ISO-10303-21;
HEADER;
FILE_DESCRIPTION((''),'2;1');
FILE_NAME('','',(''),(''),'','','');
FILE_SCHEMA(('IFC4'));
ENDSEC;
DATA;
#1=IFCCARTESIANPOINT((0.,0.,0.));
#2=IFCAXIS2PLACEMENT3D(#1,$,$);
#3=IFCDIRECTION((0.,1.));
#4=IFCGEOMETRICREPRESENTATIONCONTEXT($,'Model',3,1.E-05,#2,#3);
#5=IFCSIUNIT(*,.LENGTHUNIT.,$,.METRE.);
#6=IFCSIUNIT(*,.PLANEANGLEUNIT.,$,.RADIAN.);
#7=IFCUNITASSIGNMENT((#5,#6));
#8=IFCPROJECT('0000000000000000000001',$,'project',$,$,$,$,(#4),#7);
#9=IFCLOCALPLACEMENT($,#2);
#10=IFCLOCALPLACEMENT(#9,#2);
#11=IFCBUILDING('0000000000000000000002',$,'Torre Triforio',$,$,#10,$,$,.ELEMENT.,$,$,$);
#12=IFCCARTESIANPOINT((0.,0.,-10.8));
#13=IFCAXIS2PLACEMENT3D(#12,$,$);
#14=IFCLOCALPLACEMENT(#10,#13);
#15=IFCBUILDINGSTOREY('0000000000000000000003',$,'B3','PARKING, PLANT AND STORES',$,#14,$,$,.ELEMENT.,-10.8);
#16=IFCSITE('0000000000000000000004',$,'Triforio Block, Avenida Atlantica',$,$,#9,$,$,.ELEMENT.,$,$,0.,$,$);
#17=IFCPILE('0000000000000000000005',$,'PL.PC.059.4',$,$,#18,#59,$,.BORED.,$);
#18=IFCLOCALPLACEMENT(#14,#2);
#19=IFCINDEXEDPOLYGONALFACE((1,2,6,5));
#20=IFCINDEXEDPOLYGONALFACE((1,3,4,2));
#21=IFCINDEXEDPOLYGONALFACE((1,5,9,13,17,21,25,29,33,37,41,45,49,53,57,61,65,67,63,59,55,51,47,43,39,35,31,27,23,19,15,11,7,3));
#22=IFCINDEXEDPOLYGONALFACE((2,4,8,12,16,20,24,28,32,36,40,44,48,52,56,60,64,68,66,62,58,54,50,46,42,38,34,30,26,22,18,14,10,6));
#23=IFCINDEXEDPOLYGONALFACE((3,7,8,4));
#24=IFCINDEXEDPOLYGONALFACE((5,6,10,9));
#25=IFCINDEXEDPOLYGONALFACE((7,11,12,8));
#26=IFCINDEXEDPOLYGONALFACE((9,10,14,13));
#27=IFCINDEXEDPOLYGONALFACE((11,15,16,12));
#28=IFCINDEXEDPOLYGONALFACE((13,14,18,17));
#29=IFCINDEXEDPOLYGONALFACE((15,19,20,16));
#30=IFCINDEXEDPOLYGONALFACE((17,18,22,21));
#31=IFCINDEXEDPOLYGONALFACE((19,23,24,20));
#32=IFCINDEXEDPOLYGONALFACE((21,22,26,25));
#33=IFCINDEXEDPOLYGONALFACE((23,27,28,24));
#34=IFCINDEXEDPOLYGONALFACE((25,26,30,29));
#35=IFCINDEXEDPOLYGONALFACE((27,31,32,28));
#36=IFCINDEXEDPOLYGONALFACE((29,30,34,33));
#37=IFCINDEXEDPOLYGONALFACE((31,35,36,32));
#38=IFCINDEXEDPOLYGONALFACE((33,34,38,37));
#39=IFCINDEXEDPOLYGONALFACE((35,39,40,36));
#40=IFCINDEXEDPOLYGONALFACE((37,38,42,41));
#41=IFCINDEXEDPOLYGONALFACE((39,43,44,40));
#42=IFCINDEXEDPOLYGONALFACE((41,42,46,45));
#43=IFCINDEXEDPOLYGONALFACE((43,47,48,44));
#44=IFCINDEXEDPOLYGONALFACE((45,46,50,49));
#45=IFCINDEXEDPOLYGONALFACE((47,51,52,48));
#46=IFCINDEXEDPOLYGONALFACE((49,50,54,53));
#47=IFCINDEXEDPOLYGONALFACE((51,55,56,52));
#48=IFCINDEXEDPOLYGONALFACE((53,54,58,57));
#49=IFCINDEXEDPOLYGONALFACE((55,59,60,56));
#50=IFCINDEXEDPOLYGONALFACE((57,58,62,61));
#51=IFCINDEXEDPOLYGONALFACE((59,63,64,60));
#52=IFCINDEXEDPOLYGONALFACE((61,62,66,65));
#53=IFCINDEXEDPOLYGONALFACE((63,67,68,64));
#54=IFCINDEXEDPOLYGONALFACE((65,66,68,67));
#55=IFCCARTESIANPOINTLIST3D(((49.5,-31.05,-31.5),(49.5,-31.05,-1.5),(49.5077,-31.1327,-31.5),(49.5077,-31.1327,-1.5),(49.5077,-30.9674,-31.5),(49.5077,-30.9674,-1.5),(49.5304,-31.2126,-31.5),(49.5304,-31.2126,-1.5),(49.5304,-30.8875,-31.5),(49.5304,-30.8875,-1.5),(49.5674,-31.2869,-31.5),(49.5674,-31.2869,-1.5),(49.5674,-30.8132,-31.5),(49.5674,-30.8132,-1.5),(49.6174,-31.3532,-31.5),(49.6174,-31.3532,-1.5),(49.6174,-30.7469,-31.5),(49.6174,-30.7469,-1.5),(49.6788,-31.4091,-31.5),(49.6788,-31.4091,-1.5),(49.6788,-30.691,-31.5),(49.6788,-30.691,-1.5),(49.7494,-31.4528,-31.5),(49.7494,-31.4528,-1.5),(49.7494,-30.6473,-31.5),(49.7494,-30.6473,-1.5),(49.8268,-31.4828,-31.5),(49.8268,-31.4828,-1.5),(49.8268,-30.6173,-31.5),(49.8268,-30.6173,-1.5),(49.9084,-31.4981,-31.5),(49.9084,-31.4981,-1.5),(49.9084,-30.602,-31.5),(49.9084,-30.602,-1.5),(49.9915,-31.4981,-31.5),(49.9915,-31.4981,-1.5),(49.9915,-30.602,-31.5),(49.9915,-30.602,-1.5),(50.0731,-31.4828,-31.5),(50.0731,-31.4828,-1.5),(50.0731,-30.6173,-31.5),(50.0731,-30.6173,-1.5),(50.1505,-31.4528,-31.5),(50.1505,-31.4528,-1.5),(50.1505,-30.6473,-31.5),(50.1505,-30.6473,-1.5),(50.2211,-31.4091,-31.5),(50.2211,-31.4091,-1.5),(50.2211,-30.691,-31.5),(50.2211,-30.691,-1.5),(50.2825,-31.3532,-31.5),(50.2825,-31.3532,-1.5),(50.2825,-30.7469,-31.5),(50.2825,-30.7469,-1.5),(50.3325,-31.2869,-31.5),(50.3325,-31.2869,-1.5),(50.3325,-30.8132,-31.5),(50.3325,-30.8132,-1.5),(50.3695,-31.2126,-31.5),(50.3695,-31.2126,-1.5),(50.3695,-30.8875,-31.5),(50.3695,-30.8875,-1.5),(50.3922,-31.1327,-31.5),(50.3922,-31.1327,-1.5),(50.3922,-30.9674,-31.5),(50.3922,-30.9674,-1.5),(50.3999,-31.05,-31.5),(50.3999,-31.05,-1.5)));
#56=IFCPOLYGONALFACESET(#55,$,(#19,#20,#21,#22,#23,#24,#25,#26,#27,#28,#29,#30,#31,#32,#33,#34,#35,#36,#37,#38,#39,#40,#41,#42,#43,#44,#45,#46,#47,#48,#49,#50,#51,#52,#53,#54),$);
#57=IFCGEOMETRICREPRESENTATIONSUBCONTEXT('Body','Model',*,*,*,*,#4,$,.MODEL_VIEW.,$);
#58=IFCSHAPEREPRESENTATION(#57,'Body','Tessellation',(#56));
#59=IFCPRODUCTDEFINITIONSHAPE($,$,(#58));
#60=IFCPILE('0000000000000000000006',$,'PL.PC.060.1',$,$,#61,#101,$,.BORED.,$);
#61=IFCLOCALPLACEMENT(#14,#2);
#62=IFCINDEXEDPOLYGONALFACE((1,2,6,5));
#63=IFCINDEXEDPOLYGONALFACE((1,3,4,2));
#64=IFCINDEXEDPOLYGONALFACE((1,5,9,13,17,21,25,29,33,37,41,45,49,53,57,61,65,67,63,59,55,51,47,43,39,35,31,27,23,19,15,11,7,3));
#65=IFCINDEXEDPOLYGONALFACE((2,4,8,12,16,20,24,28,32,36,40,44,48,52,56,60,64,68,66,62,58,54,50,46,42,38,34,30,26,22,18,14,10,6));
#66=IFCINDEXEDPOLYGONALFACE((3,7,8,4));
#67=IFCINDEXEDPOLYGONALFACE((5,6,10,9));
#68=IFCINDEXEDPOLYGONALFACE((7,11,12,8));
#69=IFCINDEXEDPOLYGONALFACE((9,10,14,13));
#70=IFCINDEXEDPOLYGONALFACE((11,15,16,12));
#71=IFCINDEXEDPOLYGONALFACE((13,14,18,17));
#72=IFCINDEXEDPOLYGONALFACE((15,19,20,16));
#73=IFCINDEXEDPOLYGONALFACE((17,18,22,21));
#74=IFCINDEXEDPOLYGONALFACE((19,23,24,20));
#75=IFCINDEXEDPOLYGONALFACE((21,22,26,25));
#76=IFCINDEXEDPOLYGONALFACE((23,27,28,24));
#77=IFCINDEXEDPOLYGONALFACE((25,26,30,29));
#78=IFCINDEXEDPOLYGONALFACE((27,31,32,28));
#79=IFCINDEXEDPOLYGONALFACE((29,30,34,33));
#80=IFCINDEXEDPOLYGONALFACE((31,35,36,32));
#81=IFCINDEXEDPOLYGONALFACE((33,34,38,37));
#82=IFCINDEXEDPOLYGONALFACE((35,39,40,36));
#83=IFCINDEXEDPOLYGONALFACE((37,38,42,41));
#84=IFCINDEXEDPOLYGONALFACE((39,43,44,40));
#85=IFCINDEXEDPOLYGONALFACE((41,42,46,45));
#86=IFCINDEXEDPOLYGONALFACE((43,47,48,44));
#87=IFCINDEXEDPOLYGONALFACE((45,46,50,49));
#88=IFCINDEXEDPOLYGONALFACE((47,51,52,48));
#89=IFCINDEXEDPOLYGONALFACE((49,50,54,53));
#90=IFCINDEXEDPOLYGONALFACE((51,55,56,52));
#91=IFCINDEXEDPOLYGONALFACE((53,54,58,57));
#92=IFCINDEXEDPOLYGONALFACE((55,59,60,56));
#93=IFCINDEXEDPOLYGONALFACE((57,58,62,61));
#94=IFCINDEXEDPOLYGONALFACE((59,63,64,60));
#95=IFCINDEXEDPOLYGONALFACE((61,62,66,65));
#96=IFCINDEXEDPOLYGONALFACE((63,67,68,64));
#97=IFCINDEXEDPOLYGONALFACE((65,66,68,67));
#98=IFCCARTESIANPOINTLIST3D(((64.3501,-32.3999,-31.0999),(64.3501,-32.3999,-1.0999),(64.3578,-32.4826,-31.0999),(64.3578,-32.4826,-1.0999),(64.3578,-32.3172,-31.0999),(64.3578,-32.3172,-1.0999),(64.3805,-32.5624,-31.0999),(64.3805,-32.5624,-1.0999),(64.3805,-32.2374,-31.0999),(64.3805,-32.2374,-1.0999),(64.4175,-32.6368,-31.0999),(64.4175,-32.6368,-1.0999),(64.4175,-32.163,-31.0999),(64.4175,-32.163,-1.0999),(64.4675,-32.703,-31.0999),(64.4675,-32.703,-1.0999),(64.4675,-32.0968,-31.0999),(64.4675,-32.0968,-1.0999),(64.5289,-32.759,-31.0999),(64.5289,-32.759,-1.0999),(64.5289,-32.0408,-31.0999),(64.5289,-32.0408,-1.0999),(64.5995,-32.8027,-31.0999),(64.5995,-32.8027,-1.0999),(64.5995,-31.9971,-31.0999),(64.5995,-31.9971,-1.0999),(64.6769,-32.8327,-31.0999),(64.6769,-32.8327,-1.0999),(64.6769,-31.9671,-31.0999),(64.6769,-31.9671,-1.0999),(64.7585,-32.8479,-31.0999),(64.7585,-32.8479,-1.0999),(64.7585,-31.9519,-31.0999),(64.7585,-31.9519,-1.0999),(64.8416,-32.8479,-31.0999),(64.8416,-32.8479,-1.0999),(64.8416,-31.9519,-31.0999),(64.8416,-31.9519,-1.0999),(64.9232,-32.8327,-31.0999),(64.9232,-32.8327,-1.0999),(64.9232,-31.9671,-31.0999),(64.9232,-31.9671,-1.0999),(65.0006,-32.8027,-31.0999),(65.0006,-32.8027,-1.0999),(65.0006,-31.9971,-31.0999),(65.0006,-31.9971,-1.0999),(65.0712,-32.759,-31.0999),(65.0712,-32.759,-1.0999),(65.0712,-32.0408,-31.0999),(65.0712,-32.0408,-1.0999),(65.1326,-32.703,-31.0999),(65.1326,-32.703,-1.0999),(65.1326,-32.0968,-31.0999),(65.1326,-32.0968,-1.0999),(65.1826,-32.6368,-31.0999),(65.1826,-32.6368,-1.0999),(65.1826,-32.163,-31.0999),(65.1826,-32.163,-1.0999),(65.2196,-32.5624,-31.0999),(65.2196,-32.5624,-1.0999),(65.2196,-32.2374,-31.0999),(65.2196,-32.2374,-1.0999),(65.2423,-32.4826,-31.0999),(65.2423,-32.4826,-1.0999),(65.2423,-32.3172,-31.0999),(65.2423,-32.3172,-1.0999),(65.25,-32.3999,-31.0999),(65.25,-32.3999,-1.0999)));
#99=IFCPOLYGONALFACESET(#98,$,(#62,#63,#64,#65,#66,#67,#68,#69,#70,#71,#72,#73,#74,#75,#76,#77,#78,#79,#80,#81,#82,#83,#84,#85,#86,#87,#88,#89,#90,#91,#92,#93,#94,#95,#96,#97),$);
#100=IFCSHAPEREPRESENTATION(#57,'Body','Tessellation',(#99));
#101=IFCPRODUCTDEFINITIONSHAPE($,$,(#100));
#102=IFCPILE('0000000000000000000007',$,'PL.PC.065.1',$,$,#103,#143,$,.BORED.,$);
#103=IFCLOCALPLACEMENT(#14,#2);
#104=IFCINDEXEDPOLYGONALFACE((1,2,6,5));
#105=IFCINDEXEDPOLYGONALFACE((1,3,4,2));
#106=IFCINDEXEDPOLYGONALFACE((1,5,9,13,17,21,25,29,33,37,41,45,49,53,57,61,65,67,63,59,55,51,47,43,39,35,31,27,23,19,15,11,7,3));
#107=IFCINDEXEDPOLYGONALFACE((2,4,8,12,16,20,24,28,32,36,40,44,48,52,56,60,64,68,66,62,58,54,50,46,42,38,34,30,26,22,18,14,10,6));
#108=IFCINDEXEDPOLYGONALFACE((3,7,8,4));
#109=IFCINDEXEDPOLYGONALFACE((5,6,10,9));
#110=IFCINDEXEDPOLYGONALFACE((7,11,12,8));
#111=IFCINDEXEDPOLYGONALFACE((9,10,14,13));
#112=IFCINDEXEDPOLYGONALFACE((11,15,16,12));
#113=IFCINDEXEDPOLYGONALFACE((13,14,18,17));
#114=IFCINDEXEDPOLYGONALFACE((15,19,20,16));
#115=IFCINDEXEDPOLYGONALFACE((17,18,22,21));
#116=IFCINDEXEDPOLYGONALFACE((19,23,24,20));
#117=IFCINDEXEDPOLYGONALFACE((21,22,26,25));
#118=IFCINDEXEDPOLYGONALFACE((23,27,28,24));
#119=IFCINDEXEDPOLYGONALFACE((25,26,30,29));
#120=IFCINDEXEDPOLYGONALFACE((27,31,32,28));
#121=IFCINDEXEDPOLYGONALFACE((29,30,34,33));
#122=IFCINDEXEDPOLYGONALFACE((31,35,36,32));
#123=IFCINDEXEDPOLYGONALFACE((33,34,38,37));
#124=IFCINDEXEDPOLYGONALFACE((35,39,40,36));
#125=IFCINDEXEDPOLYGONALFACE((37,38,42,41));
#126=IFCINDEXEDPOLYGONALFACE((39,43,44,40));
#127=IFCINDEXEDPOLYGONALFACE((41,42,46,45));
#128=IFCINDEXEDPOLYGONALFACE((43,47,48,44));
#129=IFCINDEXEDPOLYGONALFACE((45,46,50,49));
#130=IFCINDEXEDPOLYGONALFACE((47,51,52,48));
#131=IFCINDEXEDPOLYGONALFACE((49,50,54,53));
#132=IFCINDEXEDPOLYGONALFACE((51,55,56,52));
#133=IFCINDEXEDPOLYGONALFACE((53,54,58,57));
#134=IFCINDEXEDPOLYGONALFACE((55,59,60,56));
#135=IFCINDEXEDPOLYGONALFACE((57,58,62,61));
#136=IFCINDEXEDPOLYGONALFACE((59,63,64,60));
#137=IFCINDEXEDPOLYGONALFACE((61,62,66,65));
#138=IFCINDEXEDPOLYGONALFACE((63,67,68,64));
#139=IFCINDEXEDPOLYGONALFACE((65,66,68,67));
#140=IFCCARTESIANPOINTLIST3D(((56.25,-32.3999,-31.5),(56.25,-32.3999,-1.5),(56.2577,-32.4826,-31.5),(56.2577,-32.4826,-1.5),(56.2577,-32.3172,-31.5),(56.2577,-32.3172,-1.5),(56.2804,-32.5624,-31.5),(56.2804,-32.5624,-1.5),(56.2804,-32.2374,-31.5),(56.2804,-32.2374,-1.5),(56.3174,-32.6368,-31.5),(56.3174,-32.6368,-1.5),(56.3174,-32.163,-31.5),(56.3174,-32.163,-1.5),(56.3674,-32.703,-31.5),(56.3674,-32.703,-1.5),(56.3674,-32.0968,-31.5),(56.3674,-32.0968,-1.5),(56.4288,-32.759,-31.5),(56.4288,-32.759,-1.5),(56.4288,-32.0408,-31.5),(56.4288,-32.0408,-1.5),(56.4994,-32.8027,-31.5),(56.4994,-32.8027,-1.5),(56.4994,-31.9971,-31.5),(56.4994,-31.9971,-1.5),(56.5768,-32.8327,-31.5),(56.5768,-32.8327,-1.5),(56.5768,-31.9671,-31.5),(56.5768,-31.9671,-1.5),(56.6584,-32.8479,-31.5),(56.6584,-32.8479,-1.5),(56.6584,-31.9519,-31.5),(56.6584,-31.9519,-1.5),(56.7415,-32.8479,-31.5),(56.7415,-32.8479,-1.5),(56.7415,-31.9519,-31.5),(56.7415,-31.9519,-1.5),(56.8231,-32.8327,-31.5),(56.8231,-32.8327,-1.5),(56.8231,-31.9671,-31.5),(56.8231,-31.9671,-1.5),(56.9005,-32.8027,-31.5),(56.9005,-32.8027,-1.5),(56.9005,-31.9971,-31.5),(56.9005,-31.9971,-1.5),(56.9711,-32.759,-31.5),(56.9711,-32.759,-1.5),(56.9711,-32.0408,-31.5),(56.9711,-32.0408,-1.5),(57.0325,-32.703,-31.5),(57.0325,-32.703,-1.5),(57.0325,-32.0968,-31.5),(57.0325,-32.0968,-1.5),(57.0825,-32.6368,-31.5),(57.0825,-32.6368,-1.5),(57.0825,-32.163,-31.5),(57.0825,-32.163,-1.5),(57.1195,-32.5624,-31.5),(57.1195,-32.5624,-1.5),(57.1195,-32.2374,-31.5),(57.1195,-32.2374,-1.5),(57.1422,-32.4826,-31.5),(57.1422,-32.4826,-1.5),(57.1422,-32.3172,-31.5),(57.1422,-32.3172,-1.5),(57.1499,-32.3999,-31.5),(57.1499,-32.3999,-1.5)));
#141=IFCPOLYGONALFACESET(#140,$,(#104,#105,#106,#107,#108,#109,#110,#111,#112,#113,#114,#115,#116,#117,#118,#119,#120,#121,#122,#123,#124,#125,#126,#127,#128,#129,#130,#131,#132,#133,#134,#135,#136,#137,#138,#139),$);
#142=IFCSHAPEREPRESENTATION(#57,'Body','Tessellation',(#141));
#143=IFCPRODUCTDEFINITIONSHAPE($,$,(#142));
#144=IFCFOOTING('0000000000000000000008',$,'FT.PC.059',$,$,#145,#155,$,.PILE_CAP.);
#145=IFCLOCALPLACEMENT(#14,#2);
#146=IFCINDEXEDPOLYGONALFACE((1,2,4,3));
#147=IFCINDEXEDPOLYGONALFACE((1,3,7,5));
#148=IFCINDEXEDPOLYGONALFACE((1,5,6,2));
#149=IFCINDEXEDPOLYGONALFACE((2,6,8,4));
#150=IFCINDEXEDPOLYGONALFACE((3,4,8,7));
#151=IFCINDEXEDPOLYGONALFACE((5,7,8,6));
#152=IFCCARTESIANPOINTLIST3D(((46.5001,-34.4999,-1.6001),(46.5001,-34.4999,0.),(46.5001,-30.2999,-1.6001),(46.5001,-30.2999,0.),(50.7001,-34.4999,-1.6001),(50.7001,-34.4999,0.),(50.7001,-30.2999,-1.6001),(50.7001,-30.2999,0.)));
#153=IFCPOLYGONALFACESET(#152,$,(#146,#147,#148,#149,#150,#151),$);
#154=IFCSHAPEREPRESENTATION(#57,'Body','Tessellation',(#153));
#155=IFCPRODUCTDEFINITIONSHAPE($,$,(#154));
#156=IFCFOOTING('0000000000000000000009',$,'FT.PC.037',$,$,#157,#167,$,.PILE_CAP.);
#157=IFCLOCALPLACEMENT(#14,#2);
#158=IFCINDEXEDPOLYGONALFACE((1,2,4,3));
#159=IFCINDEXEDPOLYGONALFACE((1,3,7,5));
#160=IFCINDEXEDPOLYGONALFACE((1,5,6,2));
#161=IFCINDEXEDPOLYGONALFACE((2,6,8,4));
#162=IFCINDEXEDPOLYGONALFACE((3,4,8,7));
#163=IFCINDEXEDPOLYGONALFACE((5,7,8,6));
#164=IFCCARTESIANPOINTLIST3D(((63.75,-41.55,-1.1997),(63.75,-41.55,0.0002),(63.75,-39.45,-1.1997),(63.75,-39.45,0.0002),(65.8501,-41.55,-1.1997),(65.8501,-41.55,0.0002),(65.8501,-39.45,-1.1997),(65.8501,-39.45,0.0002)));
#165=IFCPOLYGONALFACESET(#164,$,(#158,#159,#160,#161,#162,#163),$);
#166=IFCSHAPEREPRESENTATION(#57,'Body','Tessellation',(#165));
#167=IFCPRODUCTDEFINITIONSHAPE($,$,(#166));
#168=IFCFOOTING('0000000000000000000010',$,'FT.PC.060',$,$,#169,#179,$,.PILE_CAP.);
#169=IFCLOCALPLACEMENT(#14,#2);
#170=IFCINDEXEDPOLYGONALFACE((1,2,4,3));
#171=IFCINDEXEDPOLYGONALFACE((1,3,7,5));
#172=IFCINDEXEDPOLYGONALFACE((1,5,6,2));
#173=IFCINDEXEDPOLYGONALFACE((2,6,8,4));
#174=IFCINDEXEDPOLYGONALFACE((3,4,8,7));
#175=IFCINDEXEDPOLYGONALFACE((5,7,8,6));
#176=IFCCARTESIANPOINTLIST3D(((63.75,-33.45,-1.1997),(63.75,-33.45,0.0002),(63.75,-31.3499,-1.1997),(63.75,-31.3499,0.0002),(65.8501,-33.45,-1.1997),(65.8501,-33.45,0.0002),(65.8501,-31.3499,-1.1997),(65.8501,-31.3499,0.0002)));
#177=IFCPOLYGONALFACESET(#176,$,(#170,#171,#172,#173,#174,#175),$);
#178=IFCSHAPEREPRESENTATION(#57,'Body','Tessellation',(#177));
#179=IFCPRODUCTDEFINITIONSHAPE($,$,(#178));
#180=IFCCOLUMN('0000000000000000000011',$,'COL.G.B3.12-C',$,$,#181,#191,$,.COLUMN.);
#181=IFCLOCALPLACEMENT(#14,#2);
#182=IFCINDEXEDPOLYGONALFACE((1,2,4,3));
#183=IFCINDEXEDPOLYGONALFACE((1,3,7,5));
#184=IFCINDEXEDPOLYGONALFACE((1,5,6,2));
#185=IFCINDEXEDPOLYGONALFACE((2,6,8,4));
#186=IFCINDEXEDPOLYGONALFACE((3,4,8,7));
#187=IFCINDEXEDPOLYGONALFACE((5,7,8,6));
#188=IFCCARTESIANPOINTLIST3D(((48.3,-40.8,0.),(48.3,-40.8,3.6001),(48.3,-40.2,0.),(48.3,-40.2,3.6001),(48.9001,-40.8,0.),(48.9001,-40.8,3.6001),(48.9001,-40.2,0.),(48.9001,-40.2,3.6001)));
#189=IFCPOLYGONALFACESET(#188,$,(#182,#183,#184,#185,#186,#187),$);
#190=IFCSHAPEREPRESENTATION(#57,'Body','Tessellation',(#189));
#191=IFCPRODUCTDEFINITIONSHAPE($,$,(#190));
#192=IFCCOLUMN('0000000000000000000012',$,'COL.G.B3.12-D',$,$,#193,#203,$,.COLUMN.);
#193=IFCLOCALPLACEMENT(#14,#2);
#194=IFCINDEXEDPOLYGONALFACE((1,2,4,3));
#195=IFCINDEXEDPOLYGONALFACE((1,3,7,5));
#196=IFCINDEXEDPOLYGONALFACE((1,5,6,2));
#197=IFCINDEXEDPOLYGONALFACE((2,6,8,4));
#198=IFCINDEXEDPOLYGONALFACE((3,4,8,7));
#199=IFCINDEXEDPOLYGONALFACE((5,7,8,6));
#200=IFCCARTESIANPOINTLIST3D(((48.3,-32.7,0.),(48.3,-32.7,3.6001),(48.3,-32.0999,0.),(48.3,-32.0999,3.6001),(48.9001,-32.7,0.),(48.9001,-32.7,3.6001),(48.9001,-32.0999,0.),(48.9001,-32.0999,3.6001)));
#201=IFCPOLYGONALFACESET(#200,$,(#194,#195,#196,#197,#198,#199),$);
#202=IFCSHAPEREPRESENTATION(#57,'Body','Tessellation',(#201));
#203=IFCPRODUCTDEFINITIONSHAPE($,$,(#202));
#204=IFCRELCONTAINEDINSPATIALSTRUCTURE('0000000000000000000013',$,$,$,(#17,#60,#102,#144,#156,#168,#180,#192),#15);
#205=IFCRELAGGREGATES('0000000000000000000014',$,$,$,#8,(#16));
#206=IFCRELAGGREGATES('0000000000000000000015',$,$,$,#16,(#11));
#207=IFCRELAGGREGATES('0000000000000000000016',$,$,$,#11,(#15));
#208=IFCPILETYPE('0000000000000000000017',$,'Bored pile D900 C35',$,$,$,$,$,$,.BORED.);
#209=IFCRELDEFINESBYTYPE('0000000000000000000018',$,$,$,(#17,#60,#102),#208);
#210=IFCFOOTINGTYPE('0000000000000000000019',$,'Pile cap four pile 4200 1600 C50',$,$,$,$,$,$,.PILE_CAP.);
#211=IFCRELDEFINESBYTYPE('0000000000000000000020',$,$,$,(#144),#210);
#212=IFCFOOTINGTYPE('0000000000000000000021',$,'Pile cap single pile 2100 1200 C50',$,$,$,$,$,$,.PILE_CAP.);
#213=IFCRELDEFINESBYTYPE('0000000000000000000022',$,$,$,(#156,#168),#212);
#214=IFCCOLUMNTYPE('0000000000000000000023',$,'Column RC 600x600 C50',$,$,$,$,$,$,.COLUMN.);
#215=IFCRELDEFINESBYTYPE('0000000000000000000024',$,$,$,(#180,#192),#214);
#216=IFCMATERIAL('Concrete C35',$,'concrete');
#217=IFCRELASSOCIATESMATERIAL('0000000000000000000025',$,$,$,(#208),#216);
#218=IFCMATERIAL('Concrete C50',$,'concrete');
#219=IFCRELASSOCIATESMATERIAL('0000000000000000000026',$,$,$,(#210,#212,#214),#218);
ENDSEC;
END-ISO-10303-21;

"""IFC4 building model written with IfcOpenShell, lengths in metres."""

from ifc_helpers import new_model, si_unit, direction, frame, origin, origin_2d, place, context, subcontext, project, spatial, rectangle, circle, extrude, material, material_profile, profile_set, type_object, element, save


model = new_model("IFC4")

# Units and contexts
model_context = context("Model", 3, precision=1e-05, world=origin(), true_north=direction((0.0, 1.0)))
body_context = subcontext(model_context, "Body", "Model", "MODEL_VIEW")
ifc_project = project(units=[si_unit("LENGTHUNIT", "METRE"), si_unit("PLANEANGLEUNIT", "RADIAN")], contexts=[model_context])

# Site, building, storey
site_placement = place(None, origin())
site = spatial("IfcSite", under=ifc_project, at=site_placement, Name="Triforio Block, Avenida Atlantica", CompositionType="ELEMENT", RefElevation=0.0)
building_placement = place(site_placement, origin())
building = spatial("IfcBuilding", under=site, at=building_placement, Name="Torre Triforio", CompositionType="ELEMENT")
storey_placement = place(building_placement, frame((0.0, 0.0, -10.8)))
storey = spatial("IfcBuildingStorey", under=building, at=storey_placement, Name="B3", Description="PARKING, PLANT AND STORES", CompositionType="ELEMENT", Elevation=-10.8)

# Piles
ifc_material_1 = material(Name="Concrete C35", Category="concrete")
ifc_material_profile_1 = material_profile(ifc_material_1, circle(Radius=0.45, at=origin_2d()), Name="RC D900")
ifc_profile_set_1 = profile_set([ifc_material_profile_1], Name="Concrete C35")
pile_type = type_object("IfcPileType", Name="Bored pile D900 C35", PredefinedType="BORED", material=ifc_profile_set_1)
for number, where, z_axis, x_axis, name in (
    (1, (49.95, -31.05, -1.5), (0.0, 0.0, -1.0), (1.0, 0.0, 0.0), "PL.PC.059.4"),
    (2, (64.8, -32.3999, -1.0999), (0.0, 0.0, -1.0), (1.0, 0.0, 0.0), "PL.PC.060.1"),
    (3, (56.7, -32.3999, -1.5), (0.0, 0.0, -1.0), (1.0, 0.0, 0.0), "PL.PC.065.1"),
):
    element("IfcPile", number, at=place(storey_placement, frame(where, z_axis=z_axis, x_axis=x_axis)), inside=storey, type_object=pile_type, Name=name, PredefinedType="BORED", context=body_context, shape_type="SweptSolid", body=[
        extrude(circle(Radius=0.45, at=origin_2d()), origin(), (0.0, 0.0, 1.0), 30.0),
    ])

# Footings
ifc_material_2 = material(Name="Concrete C50", Category="concrete")
footing_type_1 = type_object("IfcFootingType", Name="Pile cap four pile 4200 1600 C50", PredefinedType="PILE_CAP", material=ifc_material_2)
footing_placement = place(storey_placement, frame((48.6001, -32.3999, -1.6001), z_axis=(0.0, 0.0, 1.0), x_axis=(1.0, 0.0, 0.0)))
element("IfcFooting", 4, at=footing_placement, inside=storey, type_object=footing_type_1, Name="FT.PC.059", PredefinedType="PILE_CAP", context=body_context, shape_type="SweptSolid", body=[
    extrude(rectangle(XDim=4.2, YDim=4.2, at=origin_2d()), origin(), (0.0, 0.0, 1.0), 1.6001),
])
footing_type_2 = type_object("IfcFootingType", Name="Pile cap single pile 2100 1200 C50", PredefinedType="PILE_CAP", material=ifc_material_2)
for number, where, z_axis, x_axis, name in (
    (5, (64.8, -40.5, -1.1997), (0.0, 0.0, 1.0), (1.0, 0.0, 0.0), "FT.PC.037"),
    (6, (64.8, -32.3999, -1.1997), (0.0, 0.0, 1.0), (1.0, 0.0, 0.0), "FT.PC.060"),
):
    element("IfcFooting", number, at=place(storey_placement, frame(where, z_axis=z_axis, x_axis=x_axis)), inside=storey, type_object=footing_type_2, Name=name, PredefinedType="PILE_CAP", context=body_context, shape_type="SweptSolid", body=[
        extrude(rectangle(XDim=2.1001, YDim=2.1001, at=origin_2d()), origin(), (0.0, 0.0, 1.0), 1.2),
    ])

# Columns
ifc_material_profile_2 = material_profile(ifc_material_2, rectangle(XDim=0.6001, YDim=0.6001, at=origin_2d()), Name="RC 600x600")
ifc_profile_set_2 = profile_set([ifc_material_profile_2], Name="Concrete C50")
column_type = type_object("IfcColumnType", Name="Column RC 600x600 C50", PredefinedType="COLUMN", material=ifc_profile_set_2)
for number, where, z_axis, x_axis, name in (
    (7, (48.6001, -40.5, 0.0), (0.0, 0.0, 1.0), (1.0, 0.0, 0.0), "COL.G.B3.12-C"),
    (8, (48.6001, -32.3999, 0.0), (0.0, 0.0, 1.0), (1.0, 0.0, 0.0), "COL.G.B3.12-D"),
):
    element("IfcColumn", number, at=place(storey_placement, frame(where, z_axis=z_axis, x_axis=x_axis)), inside=storey, type_object=column_type, Name=name, PredefinedType="COLUMN", context=body_context, shape_type="SweptSolid", body=[
        extrude(rectangle(XDim=0.6001, YDim=0.6001, at=origin_2d()), origin(), (0.0, 0.0, 1.0), 3.6001),
    ])

save(model, "model.ifc")
